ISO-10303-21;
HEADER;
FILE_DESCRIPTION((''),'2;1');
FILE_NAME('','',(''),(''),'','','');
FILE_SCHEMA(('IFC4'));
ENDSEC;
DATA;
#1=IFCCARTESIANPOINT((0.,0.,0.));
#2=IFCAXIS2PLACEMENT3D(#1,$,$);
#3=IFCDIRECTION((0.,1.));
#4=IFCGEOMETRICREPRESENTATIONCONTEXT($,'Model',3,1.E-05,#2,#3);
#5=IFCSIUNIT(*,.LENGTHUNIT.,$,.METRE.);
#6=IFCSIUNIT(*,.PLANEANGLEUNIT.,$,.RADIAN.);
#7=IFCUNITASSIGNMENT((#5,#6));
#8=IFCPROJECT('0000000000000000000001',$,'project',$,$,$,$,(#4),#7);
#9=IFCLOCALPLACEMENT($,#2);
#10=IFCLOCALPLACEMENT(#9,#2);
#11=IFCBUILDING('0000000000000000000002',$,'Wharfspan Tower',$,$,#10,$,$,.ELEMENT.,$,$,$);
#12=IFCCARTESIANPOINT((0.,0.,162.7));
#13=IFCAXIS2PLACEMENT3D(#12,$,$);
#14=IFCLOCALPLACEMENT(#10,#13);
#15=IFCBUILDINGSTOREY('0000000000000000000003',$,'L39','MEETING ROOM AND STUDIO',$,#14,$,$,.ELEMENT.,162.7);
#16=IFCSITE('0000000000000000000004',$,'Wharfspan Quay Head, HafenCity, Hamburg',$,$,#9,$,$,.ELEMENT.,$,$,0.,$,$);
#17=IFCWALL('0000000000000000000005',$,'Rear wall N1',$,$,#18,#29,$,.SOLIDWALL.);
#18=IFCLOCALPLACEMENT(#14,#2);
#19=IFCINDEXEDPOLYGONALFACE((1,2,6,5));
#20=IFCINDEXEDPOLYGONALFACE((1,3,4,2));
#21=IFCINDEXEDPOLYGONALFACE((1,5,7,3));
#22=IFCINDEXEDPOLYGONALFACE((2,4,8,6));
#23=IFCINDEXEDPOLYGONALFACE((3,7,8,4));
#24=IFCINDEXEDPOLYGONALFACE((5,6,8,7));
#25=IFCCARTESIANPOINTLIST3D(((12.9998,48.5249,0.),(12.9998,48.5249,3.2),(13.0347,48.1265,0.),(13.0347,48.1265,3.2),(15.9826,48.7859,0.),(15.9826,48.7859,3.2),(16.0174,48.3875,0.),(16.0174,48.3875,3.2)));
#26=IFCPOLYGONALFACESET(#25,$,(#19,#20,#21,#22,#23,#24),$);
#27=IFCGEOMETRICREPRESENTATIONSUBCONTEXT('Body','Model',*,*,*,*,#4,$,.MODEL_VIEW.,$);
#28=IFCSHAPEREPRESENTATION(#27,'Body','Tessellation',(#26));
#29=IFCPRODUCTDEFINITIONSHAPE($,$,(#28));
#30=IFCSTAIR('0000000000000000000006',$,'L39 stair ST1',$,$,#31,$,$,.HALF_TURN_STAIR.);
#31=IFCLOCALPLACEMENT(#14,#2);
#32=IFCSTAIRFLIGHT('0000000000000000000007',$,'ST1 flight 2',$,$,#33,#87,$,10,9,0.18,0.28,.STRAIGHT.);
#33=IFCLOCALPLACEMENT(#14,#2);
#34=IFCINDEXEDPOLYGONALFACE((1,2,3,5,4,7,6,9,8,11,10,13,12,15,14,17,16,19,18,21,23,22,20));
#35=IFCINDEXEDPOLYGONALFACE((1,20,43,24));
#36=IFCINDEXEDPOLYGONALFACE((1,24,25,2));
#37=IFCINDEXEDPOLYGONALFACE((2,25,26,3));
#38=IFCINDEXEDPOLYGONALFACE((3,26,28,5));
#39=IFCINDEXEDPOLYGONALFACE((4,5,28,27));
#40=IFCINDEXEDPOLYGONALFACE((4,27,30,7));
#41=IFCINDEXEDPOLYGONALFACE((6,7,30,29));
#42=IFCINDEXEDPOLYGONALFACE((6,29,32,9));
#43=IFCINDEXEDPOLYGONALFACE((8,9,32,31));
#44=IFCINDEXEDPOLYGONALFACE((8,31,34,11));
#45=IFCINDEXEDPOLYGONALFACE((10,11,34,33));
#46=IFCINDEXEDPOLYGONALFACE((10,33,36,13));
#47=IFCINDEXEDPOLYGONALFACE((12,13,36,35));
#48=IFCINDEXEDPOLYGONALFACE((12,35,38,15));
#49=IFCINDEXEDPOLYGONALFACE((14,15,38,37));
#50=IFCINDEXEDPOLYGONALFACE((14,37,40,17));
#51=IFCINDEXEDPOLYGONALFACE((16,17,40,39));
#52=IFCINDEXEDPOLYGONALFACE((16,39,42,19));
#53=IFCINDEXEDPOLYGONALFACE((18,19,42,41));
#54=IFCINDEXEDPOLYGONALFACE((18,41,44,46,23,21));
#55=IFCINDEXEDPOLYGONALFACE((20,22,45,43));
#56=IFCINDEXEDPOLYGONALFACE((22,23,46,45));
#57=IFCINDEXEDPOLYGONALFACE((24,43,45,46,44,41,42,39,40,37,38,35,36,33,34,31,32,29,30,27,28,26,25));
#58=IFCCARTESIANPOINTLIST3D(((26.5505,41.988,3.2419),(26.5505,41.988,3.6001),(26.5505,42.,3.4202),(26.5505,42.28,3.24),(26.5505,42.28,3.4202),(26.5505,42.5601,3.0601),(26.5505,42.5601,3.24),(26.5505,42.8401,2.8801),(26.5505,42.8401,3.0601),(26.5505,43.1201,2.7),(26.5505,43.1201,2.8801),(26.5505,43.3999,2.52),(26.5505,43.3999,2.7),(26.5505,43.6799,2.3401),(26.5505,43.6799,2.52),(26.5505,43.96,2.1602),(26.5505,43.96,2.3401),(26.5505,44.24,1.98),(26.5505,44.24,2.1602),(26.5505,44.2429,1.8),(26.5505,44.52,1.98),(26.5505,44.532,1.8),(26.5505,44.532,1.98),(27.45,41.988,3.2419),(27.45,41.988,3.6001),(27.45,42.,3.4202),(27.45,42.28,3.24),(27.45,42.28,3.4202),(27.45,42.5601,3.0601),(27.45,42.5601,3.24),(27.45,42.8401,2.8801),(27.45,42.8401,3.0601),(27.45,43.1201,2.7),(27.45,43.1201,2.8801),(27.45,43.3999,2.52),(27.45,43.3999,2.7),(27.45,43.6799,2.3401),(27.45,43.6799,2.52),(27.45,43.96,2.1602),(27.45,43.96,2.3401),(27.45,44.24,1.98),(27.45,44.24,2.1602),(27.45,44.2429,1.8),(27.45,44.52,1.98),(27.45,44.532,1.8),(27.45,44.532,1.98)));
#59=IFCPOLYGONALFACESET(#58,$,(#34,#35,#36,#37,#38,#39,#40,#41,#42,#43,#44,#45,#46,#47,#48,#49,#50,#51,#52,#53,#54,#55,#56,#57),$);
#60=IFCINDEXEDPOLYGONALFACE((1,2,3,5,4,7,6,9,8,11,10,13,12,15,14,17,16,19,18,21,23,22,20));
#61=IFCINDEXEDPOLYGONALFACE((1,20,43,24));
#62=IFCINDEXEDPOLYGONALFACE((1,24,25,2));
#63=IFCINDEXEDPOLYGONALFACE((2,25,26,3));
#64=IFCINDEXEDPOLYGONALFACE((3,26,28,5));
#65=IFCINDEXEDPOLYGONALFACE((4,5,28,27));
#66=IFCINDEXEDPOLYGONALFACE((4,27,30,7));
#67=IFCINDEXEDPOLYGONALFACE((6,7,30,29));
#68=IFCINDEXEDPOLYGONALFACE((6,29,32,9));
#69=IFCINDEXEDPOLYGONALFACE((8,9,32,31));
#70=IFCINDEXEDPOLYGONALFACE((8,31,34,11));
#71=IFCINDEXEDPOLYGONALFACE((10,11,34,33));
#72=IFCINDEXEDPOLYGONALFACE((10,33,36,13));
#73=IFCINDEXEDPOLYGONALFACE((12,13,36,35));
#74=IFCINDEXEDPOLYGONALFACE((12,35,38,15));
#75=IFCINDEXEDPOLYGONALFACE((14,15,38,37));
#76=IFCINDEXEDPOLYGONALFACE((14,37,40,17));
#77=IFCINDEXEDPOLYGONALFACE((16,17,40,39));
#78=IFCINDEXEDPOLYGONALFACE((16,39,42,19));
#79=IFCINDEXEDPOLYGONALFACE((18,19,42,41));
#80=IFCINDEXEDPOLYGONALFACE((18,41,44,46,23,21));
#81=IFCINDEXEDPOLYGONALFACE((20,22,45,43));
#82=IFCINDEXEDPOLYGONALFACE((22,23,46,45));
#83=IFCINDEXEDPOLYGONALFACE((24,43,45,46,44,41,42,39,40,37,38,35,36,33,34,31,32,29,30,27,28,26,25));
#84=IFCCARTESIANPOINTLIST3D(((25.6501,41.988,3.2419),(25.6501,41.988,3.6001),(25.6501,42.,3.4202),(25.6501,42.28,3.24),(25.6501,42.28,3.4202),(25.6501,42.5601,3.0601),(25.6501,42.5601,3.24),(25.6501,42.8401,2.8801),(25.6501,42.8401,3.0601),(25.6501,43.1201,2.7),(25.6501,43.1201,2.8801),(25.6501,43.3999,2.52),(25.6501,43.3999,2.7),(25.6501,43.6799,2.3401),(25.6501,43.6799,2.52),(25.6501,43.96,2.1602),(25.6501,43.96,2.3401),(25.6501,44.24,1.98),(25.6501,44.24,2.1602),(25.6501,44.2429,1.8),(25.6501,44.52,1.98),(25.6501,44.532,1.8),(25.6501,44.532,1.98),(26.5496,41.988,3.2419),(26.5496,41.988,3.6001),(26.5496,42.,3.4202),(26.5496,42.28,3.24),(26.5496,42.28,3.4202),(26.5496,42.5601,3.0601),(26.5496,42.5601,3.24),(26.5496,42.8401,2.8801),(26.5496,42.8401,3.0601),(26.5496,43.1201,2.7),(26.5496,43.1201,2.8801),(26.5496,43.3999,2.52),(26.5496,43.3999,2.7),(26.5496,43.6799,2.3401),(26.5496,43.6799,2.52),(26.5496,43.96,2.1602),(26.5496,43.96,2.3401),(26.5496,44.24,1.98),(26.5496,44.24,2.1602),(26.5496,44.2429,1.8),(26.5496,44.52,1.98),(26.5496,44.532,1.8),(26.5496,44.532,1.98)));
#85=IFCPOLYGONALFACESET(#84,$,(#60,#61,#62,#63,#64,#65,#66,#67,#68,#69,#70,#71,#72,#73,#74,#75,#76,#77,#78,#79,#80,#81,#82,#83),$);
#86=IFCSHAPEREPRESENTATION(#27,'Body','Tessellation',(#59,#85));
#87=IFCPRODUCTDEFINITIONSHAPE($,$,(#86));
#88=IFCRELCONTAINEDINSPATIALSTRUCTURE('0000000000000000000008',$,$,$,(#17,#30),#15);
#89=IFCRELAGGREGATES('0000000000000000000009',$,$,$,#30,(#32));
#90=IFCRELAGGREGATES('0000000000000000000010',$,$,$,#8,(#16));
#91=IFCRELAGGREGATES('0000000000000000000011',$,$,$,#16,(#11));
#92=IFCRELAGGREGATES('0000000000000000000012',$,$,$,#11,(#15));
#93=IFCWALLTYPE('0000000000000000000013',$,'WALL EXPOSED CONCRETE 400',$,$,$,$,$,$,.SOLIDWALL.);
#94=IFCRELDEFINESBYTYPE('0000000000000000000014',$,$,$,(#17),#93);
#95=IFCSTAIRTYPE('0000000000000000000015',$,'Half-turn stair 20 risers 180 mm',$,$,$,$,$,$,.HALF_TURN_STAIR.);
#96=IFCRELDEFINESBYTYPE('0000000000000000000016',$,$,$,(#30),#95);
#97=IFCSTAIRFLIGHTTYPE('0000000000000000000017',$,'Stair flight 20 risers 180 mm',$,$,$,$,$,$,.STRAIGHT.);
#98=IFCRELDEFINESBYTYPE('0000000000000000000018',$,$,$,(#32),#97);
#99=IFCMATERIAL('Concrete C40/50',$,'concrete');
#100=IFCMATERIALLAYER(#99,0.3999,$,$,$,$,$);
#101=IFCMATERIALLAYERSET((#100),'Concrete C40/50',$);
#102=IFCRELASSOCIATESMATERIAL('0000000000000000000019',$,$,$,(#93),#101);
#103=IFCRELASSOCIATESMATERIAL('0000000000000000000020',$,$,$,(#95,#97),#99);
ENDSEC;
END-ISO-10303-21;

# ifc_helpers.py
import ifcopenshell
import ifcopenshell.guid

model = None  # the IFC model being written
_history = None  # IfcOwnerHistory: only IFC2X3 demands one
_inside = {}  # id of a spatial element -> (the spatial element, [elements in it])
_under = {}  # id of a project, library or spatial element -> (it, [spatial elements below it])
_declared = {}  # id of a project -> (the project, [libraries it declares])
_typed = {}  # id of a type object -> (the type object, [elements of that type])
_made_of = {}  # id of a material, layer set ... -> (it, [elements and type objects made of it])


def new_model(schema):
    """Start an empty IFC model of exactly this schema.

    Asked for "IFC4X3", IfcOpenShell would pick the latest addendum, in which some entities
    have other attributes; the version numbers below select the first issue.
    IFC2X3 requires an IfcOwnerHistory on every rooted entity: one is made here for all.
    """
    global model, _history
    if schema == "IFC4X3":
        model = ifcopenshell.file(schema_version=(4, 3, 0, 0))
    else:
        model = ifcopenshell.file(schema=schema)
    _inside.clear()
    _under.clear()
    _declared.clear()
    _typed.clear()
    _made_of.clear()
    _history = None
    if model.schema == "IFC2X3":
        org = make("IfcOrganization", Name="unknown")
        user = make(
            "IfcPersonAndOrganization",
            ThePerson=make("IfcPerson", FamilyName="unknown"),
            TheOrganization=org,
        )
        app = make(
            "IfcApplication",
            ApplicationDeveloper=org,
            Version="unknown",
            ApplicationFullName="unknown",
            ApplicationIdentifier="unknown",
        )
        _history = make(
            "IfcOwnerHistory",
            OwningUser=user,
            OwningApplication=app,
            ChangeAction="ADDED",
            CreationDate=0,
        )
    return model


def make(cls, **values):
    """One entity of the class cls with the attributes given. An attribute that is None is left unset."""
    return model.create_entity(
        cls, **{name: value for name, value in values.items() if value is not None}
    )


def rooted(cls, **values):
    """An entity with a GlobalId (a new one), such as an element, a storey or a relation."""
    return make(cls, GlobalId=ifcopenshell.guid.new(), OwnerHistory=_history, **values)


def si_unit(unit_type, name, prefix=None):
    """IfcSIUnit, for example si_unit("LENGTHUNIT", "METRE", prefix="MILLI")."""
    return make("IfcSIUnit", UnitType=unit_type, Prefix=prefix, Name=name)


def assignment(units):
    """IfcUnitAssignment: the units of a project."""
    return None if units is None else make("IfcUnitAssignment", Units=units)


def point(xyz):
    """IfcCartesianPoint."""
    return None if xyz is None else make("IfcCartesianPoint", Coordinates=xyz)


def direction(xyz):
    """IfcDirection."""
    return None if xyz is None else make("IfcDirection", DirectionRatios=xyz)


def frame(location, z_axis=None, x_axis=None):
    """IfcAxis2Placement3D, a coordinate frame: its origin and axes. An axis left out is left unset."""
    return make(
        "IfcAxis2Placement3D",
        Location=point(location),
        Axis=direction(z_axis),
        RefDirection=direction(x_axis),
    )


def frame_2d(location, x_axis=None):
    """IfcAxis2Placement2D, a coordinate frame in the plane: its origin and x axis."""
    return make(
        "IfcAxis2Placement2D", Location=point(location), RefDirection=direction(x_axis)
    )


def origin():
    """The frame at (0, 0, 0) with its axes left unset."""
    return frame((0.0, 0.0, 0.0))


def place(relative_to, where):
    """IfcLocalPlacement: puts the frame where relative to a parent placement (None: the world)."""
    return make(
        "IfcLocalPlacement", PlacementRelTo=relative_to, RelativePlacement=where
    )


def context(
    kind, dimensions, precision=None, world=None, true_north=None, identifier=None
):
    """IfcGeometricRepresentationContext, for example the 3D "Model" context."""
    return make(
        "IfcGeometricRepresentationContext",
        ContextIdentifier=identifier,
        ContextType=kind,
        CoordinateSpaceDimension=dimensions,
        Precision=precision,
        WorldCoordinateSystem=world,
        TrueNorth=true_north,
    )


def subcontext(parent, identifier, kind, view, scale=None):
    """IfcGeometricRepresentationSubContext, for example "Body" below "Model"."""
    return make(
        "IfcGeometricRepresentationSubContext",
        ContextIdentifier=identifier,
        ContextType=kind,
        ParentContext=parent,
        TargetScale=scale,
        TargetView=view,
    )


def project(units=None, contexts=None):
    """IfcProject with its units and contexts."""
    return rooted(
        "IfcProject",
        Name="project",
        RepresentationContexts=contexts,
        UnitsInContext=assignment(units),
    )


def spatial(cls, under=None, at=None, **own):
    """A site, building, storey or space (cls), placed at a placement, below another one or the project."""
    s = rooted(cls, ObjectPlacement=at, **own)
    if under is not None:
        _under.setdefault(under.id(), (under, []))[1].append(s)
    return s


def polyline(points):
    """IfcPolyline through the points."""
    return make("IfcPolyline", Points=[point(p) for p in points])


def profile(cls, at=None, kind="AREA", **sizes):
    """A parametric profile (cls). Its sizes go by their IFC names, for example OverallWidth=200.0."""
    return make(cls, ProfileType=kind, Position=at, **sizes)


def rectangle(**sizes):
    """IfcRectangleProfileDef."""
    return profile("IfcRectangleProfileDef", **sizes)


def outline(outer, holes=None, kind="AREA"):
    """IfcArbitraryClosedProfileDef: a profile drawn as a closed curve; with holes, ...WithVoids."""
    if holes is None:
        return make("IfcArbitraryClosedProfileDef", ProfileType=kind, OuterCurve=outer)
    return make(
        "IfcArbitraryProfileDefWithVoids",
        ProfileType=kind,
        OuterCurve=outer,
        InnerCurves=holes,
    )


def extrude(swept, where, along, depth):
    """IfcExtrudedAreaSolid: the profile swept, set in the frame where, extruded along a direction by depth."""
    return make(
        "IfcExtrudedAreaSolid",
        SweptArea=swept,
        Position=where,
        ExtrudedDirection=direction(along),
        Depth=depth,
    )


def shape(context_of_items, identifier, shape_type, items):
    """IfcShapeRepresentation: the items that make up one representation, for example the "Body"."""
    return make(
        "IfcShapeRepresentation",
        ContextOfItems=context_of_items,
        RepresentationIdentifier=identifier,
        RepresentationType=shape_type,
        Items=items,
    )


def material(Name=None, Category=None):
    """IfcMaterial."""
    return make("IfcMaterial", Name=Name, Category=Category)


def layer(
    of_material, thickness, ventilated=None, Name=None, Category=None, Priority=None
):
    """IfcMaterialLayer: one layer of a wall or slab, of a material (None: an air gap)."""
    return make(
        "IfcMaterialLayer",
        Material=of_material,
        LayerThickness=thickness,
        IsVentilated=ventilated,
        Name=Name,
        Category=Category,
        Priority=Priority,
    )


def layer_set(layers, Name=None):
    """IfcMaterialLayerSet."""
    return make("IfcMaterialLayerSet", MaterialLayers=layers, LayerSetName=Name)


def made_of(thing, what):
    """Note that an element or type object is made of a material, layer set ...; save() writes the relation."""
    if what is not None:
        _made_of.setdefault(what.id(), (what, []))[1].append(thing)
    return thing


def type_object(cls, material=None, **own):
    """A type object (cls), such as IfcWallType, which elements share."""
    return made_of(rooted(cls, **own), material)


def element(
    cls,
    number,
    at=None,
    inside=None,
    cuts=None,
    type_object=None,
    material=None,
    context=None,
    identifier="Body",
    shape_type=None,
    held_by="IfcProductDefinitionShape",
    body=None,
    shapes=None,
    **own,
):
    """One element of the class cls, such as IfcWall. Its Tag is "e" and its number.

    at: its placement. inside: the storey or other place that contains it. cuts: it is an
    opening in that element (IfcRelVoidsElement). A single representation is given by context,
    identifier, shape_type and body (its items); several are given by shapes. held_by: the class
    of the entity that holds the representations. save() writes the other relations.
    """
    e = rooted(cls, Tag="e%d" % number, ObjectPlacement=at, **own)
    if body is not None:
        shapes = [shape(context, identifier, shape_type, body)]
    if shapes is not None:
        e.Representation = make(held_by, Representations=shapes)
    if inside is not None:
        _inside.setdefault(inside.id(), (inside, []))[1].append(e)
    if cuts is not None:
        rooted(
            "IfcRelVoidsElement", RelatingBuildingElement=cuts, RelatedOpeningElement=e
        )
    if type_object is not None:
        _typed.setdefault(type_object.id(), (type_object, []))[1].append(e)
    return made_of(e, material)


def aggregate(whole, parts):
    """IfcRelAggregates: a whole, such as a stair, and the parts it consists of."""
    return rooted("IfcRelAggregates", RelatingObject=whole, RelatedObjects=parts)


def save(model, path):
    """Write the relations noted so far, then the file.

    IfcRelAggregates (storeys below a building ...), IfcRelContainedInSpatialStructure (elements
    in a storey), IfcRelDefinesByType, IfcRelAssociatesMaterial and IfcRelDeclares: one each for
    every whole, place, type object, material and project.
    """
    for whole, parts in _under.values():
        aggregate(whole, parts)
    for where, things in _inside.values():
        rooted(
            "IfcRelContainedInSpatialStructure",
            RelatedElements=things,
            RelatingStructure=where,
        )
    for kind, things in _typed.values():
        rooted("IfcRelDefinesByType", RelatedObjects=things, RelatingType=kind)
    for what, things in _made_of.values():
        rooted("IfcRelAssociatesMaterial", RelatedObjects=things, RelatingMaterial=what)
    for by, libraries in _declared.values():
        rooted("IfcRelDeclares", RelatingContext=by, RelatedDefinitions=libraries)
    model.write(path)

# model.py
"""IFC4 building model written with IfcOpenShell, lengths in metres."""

from ifc_helpers import new_model, si_unit, direction, frame, frame_2d, origin, place, context, subcontext, project, spatial, polyline, rectangle, outline, extrude, material, layer, layer_set, type_object, element, aggregate, save


model = new_model("IFC4")

# Units and contexts
model_context = context("Model", 3, precision=1e-05, world=origin(), true_north=direction((0.0, 1.0)))
body_context = subcontext(model_context, "Body", "Model", "MODEL_VIEW")
ifc_project = project(units=[si_unit("LENGTHUNIT", "METRE"), si_unit("PLANEANGLEUNIT", "RADIAN")], contexts=[model_context])

# Site, building, storey
site_placement = place(None, origin())
site = spatial("IfcSite", under=ifc_project, at=site_placement, Name="Wharfspan Quay Head, HafenCity, Hamburg", CompositionType="ELEMENT", RefElevation=0.0)
building_placement = place(site_placement, origin())
building = spatial("IfcBuilding", under=site, at=building_placement, Name="Wharfspan Tower", CompositionType="ELEMENT")
storey_placement = place(building_placement, frame((0.0, 0.0, 162.7)))
storey = spatial("IfcBuildingStorey", under=building, at=storey_placement, Name="L39", Description="MEETING ROOM AND STUDIO", CompositionType="ELEMENT", Elevation=162.7)

# Wall
ifc_material_1 = material(Name="Concrete C40/50", Category="concrete")
ifc_layer_1 = layer(ifc_material_1, 0.3999)
ifc_layer_set_1 = layer_set([ifc_layer_1], Name="Concrete C40/50")
wall_type_1 = type_object("IfcWallType", Name="WALL EXPOSED CONCRETE 400", PredefinedType="SOLIDWALL", material=ifc_layer_set_1)
wall_1_placement = place(storey_placement, frame((16.0, 48.5867, 0.0), z_axis=(0.0, 0.0, 1.0), x_axis=(-0.996194, -0.087168, 0.0)))
element("IfcWall", 1, at=wall_1_placement, inside=storey, type_object=wall_type_1, Name="Rear wall N1", PredefinedType="SOLIDWALL", context=body_context, shape_type="SweptSolid", body=[
    extrude(rectangle(XDim=2.9941, YDim=0.3999, at=frame_2d((1.4971, 0.0))), origin(), (0.0, 0.0, 1.0), 3.2),
])

# Stair, stair flight
stair_type = type_object("IfcStairType", Name="Half-turn stair 20 risers 180 mm", PredefinedType="HALF_TURN_STAIR", material=ifc_material_1)
stair_placement = place(storey_placement, origin())
stair = element("IfcStair", 2, at=stair_placement, inside=storey, type_object=stair_type, Name="L39 stair ST1", PredefinedType="HALF_TURN_STAIR")
stair_flight_type = type_object("IfcStairFlightType", Name="Stair flight 20 risers 180 mm", PredefinedType="STRAIGHT", material=ifc_material_1)
stair_flight_placement = place(storey_placement, frame((26.55, 44.52, 1.8), z_axis=(0.0, 0.0, 1.0), x_axis=(0.0, -1.0, 0.0)))
stair_flight = element("IfcStairFlight", 3, at=stair_flight_placement, type_object=stair_flight_type, Name="ST1 flight 2", NumberOfRisers=10, NumberOfTreads=9, PredefinedType="STRAIGHT", RiserHeight=0.18, TreadLength=0.28, context=body_context, shape_type="SweptSolid", body=[
    extrude(outline(polyline([(-0.012, 0.0), (-0.012, 0.1799), (0.0, 0.1799), (0.28, 0.1799), (0.28, 0.3601), (0.5601, 0.3601), (0.5601, 0.54), (0.8401, 0.54), (0.8401, 0.72), (1.1201, 0.72), (1.1201, 0.8999), (1.3999, 0.8999), (1.3999, 1.0801), (1.6799, 1.0801), (1.6799, 1.26), (1.96, 1.26), (1.96, 1.4399), (2.24, 1.4399), (2.24, 1.6201), (2.52, 1.6201), (2.532, 1.8), (2.532, 1.4419), (0.2771, 0.0), (-0.012, 0.0)])), frame((0.0, 0.8999, 0.0), z_axis=(0.0, -1.0, 0.0), x_axis=(1.0, 0.0, 0.0)), (0.0, 0.0, 1.0), 0.8994),
    extrude(outline(polyline([(-0.012, 0.0), (-0.012, 0.1799), (0.0, 0.1799), (0.28, 0.1799), (0.28, 0.3601), (0.5601, 0.3601), (0.5601, 0.54), (0.8401, 0.54), (0.8401, 0.72), (1.1201, 0.72), (1.1201, 0.8999), (1.3999, 0.8999), (1.3999, 1.0801), (1.6799, 1.0801), (1.6799, 1.26), (1.96, 1.26), (1.96, 1.4399), (2.24, 1.4399), (2.24, 1.6201), (2.52, 1.6201), (2.532, 1.8), (2.532, 1.4419), (0.2771, 0.0), (-0.012, 0.0)])), frame((0.0, -0.0005, 0.0), z_axis=(0.0, -1.0, 0.0), x_axis=(1.0, 0.0, 0.0)), (0.0, 0.0, 1.0), 0.8994),
])
aggregate(stair, [stair_flight])

save(model, "model.ifc")
